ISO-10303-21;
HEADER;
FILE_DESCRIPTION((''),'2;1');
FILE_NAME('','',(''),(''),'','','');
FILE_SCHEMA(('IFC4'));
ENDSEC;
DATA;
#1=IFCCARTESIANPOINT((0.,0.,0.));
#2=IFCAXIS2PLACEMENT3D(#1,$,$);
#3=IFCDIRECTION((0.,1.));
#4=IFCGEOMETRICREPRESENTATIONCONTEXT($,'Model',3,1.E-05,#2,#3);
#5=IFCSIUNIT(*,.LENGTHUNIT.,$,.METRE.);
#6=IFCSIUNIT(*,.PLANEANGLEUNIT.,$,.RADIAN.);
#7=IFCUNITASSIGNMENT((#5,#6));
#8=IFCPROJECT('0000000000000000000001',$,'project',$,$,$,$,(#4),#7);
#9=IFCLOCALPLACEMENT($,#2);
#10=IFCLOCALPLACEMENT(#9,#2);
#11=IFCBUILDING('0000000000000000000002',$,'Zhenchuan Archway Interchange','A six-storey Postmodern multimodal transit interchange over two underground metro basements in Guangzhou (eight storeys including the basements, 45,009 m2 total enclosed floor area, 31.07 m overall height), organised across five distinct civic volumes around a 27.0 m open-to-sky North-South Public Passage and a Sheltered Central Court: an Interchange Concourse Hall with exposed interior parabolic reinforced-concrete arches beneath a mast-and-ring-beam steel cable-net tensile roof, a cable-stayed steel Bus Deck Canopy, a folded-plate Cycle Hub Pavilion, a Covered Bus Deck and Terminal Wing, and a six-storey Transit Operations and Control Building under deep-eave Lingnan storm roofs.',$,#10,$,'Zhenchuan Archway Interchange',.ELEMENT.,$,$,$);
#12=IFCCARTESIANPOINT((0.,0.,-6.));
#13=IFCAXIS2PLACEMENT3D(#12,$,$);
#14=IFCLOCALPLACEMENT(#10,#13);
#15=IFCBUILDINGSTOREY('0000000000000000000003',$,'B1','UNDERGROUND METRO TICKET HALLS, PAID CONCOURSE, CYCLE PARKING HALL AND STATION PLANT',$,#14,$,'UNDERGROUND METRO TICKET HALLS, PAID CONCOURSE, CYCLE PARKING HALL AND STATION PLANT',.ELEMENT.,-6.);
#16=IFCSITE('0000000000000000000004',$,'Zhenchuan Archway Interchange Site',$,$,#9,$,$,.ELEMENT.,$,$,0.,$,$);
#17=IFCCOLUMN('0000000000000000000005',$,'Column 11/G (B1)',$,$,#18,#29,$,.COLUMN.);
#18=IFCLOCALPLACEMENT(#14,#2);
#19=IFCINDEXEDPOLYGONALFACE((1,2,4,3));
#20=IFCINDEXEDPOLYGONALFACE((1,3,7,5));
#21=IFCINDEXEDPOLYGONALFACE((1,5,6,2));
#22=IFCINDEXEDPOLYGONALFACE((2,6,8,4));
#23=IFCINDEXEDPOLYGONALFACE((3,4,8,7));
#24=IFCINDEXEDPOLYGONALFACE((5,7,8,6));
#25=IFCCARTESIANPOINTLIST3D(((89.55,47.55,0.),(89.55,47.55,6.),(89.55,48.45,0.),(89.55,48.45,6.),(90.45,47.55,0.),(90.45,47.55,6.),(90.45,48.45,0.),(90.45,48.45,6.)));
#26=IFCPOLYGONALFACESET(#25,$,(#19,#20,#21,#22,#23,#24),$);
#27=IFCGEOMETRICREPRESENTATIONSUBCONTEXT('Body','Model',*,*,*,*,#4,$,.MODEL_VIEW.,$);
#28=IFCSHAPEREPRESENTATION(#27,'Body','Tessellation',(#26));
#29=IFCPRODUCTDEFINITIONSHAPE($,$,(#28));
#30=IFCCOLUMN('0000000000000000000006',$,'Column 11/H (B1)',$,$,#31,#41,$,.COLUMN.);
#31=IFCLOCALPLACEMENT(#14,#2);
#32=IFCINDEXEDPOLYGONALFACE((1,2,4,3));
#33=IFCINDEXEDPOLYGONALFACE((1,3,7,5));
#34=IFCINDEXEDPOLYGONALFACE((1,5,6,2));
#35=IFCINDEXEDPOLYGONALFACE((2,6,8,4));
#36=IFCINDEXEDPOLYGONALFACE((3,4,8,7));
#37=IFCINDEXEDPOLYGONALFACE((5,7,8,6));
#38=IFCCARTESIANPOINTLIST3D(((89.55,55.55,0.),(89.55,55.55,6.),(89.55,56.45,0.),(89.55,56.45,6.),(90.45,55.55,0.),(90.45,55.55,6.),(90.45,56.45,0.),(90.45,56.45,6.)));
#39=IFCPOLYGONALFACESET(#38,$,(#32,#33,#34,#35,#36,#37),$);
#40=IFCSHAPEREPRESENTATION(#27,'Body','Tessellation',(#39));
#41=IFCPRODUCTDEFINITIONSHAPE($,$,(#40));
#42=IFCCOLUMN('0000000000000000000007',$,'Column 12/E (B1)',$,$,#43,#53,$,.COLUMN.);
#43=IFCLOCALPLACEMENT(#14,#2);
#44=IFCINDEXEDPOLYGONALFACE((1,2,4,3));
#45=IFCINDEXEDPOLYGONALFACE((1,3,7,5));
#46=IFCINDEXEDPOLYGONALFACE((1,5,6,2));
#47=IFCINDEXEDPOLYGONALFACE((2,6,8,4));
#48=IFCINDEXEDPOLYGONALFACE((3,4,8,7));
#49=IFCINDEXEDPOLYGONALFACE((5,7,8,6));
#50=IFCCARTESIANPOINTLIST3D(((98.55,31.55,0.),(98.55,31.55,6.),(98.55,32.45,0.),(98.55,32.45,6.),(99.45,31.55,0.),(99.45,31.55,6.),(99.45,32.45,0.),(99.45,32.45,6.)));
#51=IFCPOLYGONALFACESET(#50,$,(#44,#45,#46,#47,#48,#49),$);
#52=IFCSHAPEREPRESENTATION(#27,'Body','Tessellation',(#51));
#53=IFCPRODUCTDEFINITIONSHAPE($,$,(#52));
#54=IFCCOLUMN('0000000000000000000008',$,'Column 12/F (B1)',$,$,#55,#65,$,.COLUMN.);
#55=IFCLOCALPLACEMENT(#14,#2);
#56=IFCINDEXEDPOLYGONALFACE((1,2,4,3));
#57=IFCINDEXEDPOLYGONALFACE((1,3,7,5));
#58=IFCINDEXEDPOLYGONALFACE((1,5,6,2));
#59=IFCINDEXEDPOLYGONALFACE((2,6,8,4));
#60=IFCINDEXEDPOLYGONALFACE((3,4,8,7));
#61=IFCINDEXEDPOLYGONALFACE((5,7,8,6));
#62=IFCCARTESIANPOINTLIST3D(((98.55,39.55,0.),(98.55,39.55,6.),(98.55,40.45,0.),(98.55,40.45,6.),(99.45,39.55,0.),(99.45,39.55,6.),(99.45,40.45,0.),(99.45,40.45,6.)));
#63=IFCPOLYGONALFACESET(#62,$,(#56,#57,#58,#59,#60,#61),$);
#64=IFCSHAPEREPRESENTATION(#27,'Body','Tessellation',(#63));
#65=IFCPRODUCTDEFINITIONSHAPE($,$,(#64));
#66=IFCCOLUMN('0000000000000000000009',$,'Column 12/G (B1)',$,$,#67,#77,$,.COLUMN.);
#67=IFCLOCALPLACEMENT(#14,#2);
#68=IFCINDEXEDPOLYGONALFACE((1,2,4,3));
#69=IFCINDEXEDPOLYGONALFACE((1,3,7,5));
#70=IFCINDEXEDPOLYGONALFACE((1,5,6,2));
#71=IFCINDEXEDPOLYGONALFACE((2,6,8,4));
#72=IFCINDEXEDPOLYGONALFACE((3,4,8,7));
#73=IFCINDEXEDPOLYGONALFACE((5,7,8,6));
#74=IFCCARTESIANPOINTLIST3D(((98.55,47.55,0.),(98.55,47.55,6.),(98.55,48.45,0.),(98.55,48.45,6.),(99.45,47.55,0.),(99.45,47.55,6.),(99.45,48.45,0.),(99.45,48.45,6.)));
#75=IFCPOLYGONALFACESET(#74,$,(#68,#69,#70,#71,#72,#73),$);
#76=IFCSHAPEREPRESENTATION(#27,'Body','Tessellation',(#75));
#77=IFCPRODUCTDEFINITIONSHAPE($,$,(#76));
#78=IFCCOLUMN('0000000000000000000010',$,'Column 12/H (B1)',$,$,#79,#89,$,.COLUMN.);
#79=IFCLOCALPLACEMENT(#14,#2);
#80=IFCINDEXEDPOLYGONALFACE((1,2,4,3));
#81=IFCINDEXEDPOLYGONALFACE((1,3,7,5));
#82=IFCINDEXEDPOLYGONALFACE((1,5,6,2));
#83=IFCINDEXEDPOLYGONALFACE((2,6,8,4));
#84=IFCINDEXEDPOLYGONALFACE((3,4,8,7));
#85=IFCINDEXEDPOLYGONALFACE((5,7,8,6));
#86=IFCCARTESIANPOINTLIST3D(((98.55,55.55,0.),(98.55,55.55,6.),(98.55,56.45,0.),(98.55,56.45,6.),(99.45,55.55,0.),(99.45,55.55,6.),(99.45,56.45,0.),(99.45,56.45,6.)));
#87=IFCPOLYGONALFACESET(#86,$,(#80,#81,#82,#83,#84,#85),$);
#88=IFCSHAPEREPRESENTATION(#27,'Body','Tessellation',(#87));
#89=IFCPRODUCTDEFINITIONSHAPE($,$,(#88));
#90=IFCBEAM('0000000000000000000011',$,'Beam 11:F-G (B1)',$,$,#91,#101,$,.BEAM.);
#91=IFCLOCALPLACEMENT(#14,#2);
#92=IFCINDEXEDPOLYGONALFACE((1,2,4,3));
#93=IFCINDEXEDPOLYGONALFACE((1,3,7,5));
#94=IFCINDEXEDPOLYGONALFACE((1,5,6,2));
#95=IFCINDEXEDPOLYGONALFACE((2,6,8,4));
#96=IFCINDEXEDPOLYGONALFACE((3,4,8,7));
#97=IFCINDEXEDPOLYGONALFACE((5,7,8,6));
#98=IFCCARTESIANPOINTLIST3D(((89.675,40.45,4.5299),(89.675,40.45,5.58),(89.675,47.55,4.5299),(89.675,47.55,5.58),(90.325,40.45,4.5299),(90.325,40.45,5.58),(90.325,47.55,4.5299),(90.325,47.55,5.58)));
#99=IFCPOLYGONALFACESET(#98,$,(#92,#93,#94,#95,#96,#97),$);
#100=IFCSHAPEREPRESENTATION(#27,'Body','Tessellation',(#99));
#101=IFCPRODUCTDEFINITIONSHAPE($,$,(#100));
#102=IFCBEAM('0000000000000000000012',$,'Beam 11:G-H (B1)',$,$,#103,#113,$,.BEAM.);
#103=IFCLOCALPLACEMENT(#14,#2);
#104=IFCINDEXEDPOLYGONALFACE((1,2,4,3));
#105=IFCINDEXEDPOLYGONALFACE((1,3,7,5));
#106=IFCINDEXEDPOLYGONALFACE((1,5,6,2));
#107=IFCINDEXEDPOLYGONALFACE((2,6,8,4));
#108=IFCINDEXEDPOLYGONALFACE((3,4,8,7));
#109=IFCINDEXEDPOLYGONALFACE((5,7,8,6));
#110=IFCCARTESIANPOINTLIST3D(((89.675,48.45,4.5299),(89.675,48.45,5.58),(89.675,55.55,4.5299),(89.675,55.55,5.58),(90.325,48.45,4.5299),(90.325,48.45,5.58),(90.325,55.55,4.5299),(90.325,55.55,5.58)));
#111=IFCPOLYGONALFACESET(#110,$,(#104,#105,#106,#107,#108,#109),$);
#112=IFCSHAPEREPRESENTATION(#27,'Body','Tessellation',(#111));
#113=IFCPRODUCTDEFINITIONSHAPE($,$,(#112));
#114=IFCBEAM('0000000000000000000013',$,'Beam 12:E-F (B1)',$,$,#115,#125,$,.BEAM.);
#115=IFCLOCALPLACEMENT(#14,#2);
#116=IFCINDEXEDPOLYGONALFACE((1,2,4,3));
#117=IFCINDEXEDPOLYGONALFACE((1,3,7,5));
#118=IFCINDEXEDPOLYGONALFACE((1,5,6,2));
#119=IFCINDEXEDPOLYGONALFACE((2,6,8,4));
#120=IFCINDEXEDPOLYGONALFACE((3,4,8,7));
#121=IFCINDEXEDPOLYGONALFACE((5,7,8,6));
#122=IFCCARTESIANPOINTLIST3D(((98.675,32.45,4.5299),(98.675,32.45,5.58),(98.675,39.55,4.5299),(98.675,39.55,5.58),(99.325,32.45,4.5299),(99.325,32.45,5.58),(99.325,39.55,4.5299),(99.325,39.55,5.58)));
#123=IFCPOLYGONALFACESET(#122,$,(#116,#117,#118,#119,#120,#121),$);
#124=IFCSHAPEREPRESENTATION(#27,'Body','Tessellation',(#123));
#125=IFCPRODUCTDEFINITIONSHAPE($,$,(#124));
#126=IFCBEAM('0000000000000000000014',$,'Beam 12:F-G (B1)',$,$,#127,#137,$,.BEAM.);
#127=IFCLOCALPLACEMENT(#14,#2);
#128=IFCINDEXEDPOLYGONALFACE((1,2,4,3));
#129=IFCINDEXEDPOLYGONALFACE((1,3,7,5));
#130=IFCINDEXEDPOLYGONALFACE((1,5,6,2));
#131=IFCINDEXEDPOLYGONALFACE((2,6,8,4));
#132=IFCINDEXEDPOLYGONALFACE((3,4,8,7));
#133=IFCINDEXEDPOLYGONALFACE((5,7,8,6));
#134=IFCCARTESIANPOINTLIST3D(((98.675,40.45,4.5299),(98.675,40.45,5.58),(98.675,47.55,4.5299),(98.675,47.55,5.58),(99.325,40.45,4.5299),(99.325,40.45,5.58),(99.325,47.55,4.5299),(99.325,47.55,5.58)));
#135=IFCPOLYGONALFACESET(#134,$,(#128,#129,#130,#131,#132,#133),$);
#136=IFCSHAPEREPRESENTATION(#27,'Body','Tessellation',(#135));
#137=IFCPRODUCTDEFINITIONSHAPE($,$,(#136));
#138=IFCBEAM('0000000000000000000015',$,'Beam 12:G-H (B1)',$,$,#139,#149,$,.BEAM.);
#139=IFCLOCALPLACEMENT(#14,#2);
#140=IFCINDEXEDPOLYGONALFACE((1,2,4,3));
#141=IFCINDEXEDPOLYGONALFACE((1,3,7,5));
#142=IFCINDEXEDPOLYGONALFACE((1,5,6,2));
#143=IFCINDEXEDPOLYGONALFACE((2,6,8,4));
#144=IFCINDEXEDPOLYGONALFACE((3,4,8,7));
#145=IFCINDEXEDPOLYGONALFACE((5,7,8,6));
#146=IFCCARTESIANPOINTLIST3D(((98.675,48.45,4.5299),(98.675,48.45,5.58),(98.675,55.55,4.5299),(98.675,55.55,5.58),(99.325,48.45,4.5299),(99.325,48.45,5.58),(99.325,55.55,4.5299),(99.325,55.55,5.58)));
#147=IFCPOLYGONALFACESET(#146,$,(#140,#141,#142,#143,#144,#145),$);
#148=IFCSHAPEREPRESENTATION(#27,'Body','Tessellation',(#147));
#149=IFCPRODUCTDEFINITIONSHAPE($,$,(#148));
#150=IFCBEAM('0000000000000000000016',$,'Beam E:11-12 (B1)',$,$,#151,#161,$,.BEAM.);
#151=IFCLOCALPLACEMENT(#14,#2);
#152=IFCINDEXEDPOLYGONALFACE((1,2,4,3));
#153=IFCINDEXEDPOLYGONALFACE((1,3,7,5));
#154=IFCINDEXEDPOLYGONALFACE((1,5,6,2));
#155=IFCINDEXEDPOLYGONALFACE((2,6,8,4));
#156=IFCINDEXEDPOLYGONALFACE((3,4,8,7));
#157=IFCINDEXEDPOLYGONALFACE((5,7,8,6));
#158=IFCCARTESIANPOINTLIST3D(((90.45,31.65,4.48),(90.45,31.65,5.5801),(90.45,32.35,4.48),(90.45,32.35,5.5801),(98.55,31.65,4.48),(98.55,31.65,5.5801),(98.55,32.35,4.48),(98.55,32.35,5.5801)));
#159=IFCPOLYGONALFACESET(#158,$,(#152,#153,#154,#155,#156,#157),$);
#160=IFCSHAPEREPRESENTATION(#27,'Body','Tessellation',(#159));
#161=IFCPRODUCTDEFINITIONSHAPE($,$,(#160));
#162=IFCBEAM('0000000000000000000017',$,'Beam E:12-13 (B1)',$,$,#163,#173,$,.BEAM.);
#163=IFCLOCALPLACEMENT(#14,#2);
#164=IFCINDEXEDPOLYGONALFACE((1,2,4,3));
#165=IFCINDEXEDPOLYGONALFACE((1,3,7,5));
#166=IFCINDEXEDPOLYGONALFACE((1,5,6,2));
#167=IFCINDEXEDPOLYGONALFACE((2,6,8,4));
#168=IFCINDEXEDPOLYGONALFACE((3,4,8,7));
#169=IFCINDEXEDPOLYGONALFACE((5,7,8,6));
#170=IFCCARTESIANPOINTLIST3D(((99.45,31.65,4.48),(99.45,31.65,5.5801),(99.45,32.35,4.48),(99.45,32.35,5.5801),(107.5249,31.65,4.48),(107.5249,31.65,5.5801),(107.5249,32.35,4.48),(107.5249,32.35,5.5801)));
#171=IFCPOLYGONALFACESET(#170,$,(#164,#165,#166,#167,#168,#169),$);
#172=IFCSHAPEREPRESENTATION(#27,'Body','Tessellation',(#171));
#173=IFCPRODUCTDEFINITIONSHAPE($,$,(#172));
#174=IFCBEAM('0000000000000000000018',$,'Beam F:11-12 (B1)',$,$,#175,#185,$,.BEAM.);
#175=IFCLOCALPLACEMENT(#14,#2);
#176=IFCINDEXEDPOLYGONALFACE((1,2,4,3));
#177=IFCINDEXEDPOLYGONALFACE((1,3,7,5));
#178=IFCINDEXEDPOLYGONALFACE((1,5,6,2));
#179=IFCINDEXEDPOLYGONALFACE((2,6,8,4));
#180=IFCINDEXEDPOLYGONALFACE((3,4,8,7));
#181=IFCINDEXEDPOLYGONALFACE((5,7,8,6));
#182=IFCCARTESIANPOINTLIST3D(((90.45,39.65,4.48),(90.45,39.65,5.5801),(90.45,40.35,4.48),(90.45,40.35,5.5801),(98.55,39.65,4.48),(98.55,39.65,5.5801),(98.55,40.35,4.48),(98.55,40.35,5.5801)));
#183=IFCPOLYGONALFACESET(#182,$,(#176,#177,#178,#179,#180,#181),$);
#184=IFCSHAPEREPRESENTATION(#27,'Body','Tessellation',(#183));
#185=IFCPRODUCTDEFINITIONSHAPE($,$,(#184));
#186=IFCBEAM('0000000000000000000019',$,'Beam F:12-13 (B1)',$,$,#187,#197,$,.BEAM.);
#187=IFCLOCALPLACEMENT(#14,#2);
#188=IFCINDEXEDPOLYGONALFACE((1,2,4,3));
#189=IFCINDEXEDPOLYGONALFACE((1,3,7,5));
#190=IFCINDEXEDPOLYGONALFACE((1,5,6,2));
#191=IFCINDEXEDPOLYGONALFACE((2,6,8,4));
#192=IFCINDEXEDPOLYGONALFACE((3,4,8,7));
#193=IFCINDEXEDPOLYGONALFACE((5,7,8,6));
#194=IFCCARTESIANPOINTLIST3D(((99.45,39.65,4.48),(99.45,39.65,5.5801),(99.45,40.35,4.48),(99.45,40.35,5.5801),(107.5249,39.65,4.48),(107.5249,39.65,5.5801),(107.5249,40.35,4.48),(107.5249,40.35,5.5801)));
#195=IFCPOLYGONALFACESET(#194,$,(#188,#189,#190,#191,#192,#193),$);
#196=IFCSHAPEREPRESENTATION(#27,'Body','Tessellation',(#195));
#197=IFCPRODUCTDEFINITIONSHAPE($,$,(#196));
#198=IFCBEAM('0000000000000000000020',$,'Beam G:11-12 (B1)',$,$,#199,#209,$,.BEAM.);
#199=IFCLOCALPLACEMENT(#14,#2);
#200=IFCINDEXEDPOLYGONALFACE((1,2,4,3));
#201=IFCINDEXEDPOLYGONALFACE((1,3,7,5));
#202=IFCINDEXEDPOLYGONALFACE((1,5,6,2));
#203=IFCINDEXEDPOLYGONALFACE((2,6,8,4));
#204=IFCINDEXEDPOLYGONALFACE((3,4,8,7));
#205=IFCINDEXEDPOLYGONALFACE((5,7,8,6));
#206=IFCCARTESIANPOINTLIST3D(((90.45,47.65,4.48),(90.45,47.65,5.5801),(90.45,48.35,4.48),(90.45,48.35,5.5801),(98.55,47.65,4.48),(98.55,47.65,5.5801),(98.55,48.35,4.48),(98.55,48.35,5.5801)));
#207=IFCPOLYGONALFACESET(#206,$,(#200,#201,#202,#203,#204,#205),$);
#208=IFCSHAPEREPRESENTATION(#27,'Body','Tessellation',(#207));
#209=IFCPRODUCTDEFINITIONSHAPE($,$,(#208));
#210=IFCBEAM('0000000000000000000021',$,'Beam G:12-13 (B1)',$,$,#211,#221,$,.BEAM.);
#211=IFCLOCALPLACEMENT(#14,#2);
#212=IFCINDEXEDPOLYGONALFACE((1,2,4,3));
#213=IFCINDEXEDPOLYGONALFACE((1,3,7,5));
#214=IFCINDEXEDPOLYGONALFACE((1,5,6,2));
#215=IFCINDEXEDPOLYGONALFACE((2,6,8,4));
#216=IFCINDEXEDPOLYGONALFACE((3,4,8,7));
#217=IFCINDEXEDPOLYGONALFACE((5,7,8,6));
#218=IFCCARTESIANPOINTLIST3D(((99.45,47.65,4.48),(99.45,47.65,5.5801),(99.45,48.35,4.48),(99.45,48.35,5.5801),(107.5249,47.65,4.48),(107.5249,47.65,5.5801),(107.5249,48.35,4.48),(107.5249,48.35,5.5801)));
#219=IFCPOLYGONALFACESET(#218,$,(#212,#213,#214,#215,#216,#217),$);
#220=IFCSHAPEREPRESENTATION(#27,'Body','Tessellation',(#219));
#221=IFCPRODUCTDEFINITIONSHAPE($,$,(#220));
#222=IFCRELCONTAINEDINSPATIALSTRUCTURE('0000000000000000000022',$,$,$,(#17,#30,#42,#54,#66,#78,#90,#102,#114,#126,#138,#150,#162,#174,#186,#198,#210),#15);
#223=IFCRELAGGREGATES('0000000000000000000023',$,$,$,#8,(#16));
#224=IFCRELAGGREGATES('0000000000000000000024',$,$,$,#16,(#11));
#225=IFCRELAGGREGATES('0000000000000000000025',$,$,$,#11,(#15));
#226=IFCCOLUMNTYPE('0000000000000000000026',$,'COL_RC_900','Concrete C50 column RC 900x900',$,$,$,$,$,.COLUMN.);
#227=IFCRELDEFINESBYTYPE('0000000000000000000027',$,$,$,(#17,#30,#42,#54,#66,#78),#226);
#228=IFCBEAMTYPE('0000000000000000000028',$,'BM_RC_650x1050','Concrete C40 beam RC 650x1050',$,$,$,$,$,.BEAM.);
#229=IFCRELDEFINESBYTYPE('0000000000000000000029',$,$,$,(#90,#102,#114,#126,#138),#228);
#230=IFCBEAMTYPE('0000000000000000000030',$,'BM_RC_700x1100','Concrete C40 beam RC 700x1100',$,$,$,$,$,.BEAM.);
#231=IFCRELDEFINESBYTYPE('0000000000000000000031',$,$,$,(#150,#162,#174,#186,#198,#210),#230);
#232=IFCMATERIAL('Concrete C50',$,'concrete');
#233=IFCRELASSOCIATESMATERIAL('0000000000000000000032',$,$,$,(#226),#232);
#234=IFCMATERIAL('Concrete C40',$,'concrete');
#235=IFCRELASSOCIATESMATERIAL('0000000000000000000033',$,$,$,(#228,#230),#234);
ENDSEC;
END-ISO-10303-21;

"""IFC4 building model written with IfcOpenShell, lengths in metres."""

from ifc_helpers import new_model, si_unit, direction, frame, origin, origin_2d, place, context, subcontext, project, spatial, rectangle, extrude, material, material_profile, profile_set, type_object, element, save


model = new_model("IFC4")

# Units and contexts
model_context = context("Model", 3, precision=1e-05, world=origin(), true_north=direction((0.0, 1.0)))
body_context = subcontext(model_context, "Body", "Model", "MODEL_VIEW")
ifc_project = project(units=[si_unit("LENGTHUNIT", "METRE"), si_unit("PLANEANGLEUNIT", "RADIAN")], contexts=[model_context])

# Site, building, storey
site_placement = place(None, origin())
site = spatial("IfcSite", under=ifc_project, at=site_placement, Name="Zhenchuan Archway Interchange Site", CompositionType="ELEMENT", RefElevation=0.0)
building_placement = place(site_placement, origin())
building = spatial("IfcBuilding", under=site, at=building_placement, Name="Zhenchuan Archway Interchange", Description="A six-storey Postmodern multimodal transit interchange over two underground metro basements in Guangzhou (eight storeys including the basements, 45,009 m2 total enclosed floor area, 31.07 m overall height), organised across five distinct civic volumes around a 27.0 m open-to-sky North-South Public Passage and a Sheltered Central Court: an Interchange Concourse Hall with exposed interior parabolic reinforced-concrete arches beneath a mast-and-ring-beam steel cable-net tensile roof, a cable-stayed steel Bus Deck Canopy, a folded-plate Cycle Hub Pavilion, a Covered Bus Deck and Terminal Wing, and a six-storey Transit Operations and Control Building under deep-eave Lingnan storm roofs.", LongName="Zhenchuan Archway Interchange", CompositionType="ELEMENT")
storey_placement = place(building_placement, frame((0.0, 0.0, -6.0)))
storey = spatial("IfcBuildingStorey", under=building, at=storey_placement, Name="B1", Description="UNDERGROUND METRO TICKET HALLS, PAID CONCOURSE, CYCLE PARKING HALL AND STATION PLANT", LongName="UNDERGROUND METRO TICKET HALLS, PAID CONCOURSE, CYCLE PARKING HALL AND STATION PLANT", CompositionType="ELEMENT", Elevation=-6.0)

# Columns
ifc_material_1 = material(Name="Concrete C50", Category="concrete")
ifc_material_profile_1 = material_profile(ifc_material_1, rectangle(XDim=0.8999, YDim=0.8999, at=origin_2d()), Name="RC 900x900")
ifc_profile_set_1 = profile_set([ifc_material_profile_1], Name="Concrete C50")
column_type = type_object("IfcColumnType", Name="COL_RC_900", Description="Concrete C50 column RC 900x900", PredefinedType="COLUMN", material=ifc_profile_set_1)
for number, where, z_axis, x_axis, name in (
    (1, (90.0, 48.0, 0.0), (0.0, 0.0, 1.0), (1.0, 0.0, 0.0), "Column 11/G (B1)"),
    (2, (90.0, 56.0, 0.0), (0.0, 0.0, 1.0), (1.0, 0.0, 0.0), "Column 11/H (B1)"),
    (3, (99.0, 32.0, 0.0), (0.0, 0.0, 1.0), (1.0, 0.0, 0.0), "Column 12/E (B1)"),
    (4, (99.0, 40.0, 0.0), (0.0, 0.0, 1.0), (1.0, 0.0, 0.0), "Column 12/F (B1)"),
    (5, (99.0, 48.0, 0.0), (0.0, 0.0, 1.0), (1.0, 0.0, 0.0), "Column 12/G (B1)"),
    (6, (99.0, 56.0, 0.0), (0.0, 0.0, 1.0), (1.0, 0.0, 0.0), "Column 12/H (B1)"),
):
    element("IfcColumn", number, at=place(storey_placement, frame(where, z_axis=z_axis, x_axis=x_axis)), inside=storey, type_object=column_type, Name=name, PredefinedType="COLUMN", context=body_context, shape_type="SweptSolid", body=[
        extrude(rectangle(XDim=0.8999, YDim=0.8999, at=origin_2d()), origin(), (0.0, 0.0, 1.0), 6.0),
    ])

# Beams
ifc_material_2 = material(Name="Concrete C40", Category="concrete")
ifc_material_profile_2 = material_profile(ifc_material_2, rectangle(XDim=0.6499, YDim=1.05, at=origin_2d()), Name="RC 650x1050")
ifc_profile_set_2 = profile_set([ifc_material_profile_2], Name="Concrete C40")
beam_type_1 = type_object("IfcBeamType", Name="BM_RC_650x1050", Description="Concrete C40 beam RC 650x1050", PredefinedType="BEAM", material=ifc_profile_set_2)
for number, where, z_axis, x_axis, name in (
    (7, (90.0, 40.45, 5.0549), (0.0, 1.0, 0.0), (-1.0, 0.0, 0.0), "Beam 11:F-G (B1)"),
    (8, (90.0, 48.45, 5.0549), (0.0, 1.0, 0.0), (-1.0, 0.0, 0.0), "Beam 11:G-H (B1)"),
    (9, (99.0, 32.45, 5.0549), (0.0, 1.0, 0.0), (-1.0, 0.0, 0.0), "Beam 12:E-F (B1)"),
    (10, (99.0, 40.45, 5.0549), (0.0, 1.0, 0.0), (-1.0, 0.0, 0.0), "Beam 12:F-G (B1)"),
    (11, (99.0, 48.45, 5.0549), (0.0, 1.0, 0.0), (-1.0, 0.0, 0.0), "Beam 12:G-H (B1)"),
):
    element("IfcBeam", number, at=place(storey_placement, frame(where, z_axis=z_axis, x_axis=x_axis)), inside=storey, type_object=beam_type_1, Name=name, PredefinedType="BEAM", context=body_context, shape_type="SweptSolid", body=[
        extrude(rectangle(XDim=0.6499, YDim=1.05, at=origin_2d()), origin(), (0.0, 0.0, 1.0), 7.1001),
    ])
ifc_material_profile_3 = material_profile(ifc_material_2, rectangle(XDim=0.7, YDim=1.1001, at=origin_2d()), Name="RC 700x1100")
ifc_profile_set_3 = profile_set([ifc_material_profile_3], Name="Concrete C40")
beam_type_2 = type_object("IfcBeamType", Name="BM_RC_700x1100", Description="Concrete C40 beam RC 700x1100", PredefinedType="BEAM", material=ifc_profile_set_3)
beam_1_placement = place(storey_placement, frame((90.45, 32.0, 5.03), z_axis=(1.0, 0.0, 0.0), x_axis=(0.0, 1.0, 0.0)))
element("IfcBeam", 12, at=beam_1_placement, inside=storey, type_object=beam_type_2, Name="Beam E:11-12 (B1)", PredefinedType="BEAM", context=body_context, shape_type="SweptSolid", body=[
    extrude(rectangle(XDim=0.7, YDim=1.1001, at=origin_2d()), origin(), (0.0, 0.0, 1.0), 8.1001),
])
beam_2_placement = place(storey_placement, frame((99.45, 32.0, 5.03), z_axis=(1.0, 0.0, 0.0), x_axis=(0.0, 1.0, 0.0)))
element("IfcBeam", 13, at=beam_2_placement, inside=storey, type_object=beam_type_2, Name="Beam E:12-13 (B1)", PredefinedType="BEAM", context=body_context, shape_type="SweptSolid", body=[
    extrude(rectangle(XDim=0.7, YDim=1.1001, at=origin_2d()), origin(), (0.0, 0.0, 1.0), 8.075),
])
beam_3_placement = place(storey_placement, frame((90.45, 40.0, 5.03), z_axis=(1.0, 0.0, 0.0), x_axis=(0.0, 1.0, 0.0)))
element("IfcBeam", 14, at=beam_3_placement, inside=storey, type_object=beam_type_2, Name="Beam F:11-12 (B1)", PredefinedType="BEAM", context=body_context, shape_type="SweptSolid", body=[
    extrude(rectangle(XDim=0.7, YDim=1.1001, at=origin_2d()), origin(), (0.0, 0.0, 1.0), 8.1001),
])
beam_4_placement = place(storey_placement, frame((99.45, 40.0, 5.03), z_axis=(1.0, 0.0, 0.0), x_axis=(0.0, 1.0, 0.0)))
element("IfcBeam", 15, at=beam_4_placement, inside=storey, type_object=beam_type_2, Name="Beam F:12-13 (B1)", PredefinedType="BEAM", context=body_context, shape_type="SweptSolid", body=[
    extrude(rectangle(XDim=0.7, YDim=1.1001, at=origin_2d()), origin(), (0.0, 0.0, 1.0), 8.075),
])
beam_5_placement = place(storey_placement, frame((90.45, 48.0, 5.03), z_axis=(1.0, 0.0, 0.0), x_axis=(0.0, 1.0, 0.0)))
element("IfcBeam", 16, at=beam_5_placement, inside=storey, type_object=beam_type_2, Name="Beam G:11-12 (B1)", PredefinedType="BEAM", context=body_context, shape_type="SweptSolid", body=[
    extrude(rectangle(XDim=0.7, YDim=1.1001, at=origin_2d()), origin(), (0.0, 0.0, 1.0), 8.1001),
])
beam_6_placement = place(storey_placement, frame((99.45, 48.0, 5.03), z_axis=(1.0, 0.0, 0.0), x_axis=(0.0, 1.0, 0.0)))
element("IfcBeam", 17, at=beam_6_placement, inside=storey, type_object=beam_type_2, Name="Beam G:12-13 (B1)", PredefinedType="BEAM", context=body_context, shape_type="SweptSolid", body=[
    extrude(rectangle(XDim=0.7, YDim=1.1001, at=origin_2d()), origin(), (0.0, 0.0, 1.0), 8.075),
])

save(model, "model.ifc")
